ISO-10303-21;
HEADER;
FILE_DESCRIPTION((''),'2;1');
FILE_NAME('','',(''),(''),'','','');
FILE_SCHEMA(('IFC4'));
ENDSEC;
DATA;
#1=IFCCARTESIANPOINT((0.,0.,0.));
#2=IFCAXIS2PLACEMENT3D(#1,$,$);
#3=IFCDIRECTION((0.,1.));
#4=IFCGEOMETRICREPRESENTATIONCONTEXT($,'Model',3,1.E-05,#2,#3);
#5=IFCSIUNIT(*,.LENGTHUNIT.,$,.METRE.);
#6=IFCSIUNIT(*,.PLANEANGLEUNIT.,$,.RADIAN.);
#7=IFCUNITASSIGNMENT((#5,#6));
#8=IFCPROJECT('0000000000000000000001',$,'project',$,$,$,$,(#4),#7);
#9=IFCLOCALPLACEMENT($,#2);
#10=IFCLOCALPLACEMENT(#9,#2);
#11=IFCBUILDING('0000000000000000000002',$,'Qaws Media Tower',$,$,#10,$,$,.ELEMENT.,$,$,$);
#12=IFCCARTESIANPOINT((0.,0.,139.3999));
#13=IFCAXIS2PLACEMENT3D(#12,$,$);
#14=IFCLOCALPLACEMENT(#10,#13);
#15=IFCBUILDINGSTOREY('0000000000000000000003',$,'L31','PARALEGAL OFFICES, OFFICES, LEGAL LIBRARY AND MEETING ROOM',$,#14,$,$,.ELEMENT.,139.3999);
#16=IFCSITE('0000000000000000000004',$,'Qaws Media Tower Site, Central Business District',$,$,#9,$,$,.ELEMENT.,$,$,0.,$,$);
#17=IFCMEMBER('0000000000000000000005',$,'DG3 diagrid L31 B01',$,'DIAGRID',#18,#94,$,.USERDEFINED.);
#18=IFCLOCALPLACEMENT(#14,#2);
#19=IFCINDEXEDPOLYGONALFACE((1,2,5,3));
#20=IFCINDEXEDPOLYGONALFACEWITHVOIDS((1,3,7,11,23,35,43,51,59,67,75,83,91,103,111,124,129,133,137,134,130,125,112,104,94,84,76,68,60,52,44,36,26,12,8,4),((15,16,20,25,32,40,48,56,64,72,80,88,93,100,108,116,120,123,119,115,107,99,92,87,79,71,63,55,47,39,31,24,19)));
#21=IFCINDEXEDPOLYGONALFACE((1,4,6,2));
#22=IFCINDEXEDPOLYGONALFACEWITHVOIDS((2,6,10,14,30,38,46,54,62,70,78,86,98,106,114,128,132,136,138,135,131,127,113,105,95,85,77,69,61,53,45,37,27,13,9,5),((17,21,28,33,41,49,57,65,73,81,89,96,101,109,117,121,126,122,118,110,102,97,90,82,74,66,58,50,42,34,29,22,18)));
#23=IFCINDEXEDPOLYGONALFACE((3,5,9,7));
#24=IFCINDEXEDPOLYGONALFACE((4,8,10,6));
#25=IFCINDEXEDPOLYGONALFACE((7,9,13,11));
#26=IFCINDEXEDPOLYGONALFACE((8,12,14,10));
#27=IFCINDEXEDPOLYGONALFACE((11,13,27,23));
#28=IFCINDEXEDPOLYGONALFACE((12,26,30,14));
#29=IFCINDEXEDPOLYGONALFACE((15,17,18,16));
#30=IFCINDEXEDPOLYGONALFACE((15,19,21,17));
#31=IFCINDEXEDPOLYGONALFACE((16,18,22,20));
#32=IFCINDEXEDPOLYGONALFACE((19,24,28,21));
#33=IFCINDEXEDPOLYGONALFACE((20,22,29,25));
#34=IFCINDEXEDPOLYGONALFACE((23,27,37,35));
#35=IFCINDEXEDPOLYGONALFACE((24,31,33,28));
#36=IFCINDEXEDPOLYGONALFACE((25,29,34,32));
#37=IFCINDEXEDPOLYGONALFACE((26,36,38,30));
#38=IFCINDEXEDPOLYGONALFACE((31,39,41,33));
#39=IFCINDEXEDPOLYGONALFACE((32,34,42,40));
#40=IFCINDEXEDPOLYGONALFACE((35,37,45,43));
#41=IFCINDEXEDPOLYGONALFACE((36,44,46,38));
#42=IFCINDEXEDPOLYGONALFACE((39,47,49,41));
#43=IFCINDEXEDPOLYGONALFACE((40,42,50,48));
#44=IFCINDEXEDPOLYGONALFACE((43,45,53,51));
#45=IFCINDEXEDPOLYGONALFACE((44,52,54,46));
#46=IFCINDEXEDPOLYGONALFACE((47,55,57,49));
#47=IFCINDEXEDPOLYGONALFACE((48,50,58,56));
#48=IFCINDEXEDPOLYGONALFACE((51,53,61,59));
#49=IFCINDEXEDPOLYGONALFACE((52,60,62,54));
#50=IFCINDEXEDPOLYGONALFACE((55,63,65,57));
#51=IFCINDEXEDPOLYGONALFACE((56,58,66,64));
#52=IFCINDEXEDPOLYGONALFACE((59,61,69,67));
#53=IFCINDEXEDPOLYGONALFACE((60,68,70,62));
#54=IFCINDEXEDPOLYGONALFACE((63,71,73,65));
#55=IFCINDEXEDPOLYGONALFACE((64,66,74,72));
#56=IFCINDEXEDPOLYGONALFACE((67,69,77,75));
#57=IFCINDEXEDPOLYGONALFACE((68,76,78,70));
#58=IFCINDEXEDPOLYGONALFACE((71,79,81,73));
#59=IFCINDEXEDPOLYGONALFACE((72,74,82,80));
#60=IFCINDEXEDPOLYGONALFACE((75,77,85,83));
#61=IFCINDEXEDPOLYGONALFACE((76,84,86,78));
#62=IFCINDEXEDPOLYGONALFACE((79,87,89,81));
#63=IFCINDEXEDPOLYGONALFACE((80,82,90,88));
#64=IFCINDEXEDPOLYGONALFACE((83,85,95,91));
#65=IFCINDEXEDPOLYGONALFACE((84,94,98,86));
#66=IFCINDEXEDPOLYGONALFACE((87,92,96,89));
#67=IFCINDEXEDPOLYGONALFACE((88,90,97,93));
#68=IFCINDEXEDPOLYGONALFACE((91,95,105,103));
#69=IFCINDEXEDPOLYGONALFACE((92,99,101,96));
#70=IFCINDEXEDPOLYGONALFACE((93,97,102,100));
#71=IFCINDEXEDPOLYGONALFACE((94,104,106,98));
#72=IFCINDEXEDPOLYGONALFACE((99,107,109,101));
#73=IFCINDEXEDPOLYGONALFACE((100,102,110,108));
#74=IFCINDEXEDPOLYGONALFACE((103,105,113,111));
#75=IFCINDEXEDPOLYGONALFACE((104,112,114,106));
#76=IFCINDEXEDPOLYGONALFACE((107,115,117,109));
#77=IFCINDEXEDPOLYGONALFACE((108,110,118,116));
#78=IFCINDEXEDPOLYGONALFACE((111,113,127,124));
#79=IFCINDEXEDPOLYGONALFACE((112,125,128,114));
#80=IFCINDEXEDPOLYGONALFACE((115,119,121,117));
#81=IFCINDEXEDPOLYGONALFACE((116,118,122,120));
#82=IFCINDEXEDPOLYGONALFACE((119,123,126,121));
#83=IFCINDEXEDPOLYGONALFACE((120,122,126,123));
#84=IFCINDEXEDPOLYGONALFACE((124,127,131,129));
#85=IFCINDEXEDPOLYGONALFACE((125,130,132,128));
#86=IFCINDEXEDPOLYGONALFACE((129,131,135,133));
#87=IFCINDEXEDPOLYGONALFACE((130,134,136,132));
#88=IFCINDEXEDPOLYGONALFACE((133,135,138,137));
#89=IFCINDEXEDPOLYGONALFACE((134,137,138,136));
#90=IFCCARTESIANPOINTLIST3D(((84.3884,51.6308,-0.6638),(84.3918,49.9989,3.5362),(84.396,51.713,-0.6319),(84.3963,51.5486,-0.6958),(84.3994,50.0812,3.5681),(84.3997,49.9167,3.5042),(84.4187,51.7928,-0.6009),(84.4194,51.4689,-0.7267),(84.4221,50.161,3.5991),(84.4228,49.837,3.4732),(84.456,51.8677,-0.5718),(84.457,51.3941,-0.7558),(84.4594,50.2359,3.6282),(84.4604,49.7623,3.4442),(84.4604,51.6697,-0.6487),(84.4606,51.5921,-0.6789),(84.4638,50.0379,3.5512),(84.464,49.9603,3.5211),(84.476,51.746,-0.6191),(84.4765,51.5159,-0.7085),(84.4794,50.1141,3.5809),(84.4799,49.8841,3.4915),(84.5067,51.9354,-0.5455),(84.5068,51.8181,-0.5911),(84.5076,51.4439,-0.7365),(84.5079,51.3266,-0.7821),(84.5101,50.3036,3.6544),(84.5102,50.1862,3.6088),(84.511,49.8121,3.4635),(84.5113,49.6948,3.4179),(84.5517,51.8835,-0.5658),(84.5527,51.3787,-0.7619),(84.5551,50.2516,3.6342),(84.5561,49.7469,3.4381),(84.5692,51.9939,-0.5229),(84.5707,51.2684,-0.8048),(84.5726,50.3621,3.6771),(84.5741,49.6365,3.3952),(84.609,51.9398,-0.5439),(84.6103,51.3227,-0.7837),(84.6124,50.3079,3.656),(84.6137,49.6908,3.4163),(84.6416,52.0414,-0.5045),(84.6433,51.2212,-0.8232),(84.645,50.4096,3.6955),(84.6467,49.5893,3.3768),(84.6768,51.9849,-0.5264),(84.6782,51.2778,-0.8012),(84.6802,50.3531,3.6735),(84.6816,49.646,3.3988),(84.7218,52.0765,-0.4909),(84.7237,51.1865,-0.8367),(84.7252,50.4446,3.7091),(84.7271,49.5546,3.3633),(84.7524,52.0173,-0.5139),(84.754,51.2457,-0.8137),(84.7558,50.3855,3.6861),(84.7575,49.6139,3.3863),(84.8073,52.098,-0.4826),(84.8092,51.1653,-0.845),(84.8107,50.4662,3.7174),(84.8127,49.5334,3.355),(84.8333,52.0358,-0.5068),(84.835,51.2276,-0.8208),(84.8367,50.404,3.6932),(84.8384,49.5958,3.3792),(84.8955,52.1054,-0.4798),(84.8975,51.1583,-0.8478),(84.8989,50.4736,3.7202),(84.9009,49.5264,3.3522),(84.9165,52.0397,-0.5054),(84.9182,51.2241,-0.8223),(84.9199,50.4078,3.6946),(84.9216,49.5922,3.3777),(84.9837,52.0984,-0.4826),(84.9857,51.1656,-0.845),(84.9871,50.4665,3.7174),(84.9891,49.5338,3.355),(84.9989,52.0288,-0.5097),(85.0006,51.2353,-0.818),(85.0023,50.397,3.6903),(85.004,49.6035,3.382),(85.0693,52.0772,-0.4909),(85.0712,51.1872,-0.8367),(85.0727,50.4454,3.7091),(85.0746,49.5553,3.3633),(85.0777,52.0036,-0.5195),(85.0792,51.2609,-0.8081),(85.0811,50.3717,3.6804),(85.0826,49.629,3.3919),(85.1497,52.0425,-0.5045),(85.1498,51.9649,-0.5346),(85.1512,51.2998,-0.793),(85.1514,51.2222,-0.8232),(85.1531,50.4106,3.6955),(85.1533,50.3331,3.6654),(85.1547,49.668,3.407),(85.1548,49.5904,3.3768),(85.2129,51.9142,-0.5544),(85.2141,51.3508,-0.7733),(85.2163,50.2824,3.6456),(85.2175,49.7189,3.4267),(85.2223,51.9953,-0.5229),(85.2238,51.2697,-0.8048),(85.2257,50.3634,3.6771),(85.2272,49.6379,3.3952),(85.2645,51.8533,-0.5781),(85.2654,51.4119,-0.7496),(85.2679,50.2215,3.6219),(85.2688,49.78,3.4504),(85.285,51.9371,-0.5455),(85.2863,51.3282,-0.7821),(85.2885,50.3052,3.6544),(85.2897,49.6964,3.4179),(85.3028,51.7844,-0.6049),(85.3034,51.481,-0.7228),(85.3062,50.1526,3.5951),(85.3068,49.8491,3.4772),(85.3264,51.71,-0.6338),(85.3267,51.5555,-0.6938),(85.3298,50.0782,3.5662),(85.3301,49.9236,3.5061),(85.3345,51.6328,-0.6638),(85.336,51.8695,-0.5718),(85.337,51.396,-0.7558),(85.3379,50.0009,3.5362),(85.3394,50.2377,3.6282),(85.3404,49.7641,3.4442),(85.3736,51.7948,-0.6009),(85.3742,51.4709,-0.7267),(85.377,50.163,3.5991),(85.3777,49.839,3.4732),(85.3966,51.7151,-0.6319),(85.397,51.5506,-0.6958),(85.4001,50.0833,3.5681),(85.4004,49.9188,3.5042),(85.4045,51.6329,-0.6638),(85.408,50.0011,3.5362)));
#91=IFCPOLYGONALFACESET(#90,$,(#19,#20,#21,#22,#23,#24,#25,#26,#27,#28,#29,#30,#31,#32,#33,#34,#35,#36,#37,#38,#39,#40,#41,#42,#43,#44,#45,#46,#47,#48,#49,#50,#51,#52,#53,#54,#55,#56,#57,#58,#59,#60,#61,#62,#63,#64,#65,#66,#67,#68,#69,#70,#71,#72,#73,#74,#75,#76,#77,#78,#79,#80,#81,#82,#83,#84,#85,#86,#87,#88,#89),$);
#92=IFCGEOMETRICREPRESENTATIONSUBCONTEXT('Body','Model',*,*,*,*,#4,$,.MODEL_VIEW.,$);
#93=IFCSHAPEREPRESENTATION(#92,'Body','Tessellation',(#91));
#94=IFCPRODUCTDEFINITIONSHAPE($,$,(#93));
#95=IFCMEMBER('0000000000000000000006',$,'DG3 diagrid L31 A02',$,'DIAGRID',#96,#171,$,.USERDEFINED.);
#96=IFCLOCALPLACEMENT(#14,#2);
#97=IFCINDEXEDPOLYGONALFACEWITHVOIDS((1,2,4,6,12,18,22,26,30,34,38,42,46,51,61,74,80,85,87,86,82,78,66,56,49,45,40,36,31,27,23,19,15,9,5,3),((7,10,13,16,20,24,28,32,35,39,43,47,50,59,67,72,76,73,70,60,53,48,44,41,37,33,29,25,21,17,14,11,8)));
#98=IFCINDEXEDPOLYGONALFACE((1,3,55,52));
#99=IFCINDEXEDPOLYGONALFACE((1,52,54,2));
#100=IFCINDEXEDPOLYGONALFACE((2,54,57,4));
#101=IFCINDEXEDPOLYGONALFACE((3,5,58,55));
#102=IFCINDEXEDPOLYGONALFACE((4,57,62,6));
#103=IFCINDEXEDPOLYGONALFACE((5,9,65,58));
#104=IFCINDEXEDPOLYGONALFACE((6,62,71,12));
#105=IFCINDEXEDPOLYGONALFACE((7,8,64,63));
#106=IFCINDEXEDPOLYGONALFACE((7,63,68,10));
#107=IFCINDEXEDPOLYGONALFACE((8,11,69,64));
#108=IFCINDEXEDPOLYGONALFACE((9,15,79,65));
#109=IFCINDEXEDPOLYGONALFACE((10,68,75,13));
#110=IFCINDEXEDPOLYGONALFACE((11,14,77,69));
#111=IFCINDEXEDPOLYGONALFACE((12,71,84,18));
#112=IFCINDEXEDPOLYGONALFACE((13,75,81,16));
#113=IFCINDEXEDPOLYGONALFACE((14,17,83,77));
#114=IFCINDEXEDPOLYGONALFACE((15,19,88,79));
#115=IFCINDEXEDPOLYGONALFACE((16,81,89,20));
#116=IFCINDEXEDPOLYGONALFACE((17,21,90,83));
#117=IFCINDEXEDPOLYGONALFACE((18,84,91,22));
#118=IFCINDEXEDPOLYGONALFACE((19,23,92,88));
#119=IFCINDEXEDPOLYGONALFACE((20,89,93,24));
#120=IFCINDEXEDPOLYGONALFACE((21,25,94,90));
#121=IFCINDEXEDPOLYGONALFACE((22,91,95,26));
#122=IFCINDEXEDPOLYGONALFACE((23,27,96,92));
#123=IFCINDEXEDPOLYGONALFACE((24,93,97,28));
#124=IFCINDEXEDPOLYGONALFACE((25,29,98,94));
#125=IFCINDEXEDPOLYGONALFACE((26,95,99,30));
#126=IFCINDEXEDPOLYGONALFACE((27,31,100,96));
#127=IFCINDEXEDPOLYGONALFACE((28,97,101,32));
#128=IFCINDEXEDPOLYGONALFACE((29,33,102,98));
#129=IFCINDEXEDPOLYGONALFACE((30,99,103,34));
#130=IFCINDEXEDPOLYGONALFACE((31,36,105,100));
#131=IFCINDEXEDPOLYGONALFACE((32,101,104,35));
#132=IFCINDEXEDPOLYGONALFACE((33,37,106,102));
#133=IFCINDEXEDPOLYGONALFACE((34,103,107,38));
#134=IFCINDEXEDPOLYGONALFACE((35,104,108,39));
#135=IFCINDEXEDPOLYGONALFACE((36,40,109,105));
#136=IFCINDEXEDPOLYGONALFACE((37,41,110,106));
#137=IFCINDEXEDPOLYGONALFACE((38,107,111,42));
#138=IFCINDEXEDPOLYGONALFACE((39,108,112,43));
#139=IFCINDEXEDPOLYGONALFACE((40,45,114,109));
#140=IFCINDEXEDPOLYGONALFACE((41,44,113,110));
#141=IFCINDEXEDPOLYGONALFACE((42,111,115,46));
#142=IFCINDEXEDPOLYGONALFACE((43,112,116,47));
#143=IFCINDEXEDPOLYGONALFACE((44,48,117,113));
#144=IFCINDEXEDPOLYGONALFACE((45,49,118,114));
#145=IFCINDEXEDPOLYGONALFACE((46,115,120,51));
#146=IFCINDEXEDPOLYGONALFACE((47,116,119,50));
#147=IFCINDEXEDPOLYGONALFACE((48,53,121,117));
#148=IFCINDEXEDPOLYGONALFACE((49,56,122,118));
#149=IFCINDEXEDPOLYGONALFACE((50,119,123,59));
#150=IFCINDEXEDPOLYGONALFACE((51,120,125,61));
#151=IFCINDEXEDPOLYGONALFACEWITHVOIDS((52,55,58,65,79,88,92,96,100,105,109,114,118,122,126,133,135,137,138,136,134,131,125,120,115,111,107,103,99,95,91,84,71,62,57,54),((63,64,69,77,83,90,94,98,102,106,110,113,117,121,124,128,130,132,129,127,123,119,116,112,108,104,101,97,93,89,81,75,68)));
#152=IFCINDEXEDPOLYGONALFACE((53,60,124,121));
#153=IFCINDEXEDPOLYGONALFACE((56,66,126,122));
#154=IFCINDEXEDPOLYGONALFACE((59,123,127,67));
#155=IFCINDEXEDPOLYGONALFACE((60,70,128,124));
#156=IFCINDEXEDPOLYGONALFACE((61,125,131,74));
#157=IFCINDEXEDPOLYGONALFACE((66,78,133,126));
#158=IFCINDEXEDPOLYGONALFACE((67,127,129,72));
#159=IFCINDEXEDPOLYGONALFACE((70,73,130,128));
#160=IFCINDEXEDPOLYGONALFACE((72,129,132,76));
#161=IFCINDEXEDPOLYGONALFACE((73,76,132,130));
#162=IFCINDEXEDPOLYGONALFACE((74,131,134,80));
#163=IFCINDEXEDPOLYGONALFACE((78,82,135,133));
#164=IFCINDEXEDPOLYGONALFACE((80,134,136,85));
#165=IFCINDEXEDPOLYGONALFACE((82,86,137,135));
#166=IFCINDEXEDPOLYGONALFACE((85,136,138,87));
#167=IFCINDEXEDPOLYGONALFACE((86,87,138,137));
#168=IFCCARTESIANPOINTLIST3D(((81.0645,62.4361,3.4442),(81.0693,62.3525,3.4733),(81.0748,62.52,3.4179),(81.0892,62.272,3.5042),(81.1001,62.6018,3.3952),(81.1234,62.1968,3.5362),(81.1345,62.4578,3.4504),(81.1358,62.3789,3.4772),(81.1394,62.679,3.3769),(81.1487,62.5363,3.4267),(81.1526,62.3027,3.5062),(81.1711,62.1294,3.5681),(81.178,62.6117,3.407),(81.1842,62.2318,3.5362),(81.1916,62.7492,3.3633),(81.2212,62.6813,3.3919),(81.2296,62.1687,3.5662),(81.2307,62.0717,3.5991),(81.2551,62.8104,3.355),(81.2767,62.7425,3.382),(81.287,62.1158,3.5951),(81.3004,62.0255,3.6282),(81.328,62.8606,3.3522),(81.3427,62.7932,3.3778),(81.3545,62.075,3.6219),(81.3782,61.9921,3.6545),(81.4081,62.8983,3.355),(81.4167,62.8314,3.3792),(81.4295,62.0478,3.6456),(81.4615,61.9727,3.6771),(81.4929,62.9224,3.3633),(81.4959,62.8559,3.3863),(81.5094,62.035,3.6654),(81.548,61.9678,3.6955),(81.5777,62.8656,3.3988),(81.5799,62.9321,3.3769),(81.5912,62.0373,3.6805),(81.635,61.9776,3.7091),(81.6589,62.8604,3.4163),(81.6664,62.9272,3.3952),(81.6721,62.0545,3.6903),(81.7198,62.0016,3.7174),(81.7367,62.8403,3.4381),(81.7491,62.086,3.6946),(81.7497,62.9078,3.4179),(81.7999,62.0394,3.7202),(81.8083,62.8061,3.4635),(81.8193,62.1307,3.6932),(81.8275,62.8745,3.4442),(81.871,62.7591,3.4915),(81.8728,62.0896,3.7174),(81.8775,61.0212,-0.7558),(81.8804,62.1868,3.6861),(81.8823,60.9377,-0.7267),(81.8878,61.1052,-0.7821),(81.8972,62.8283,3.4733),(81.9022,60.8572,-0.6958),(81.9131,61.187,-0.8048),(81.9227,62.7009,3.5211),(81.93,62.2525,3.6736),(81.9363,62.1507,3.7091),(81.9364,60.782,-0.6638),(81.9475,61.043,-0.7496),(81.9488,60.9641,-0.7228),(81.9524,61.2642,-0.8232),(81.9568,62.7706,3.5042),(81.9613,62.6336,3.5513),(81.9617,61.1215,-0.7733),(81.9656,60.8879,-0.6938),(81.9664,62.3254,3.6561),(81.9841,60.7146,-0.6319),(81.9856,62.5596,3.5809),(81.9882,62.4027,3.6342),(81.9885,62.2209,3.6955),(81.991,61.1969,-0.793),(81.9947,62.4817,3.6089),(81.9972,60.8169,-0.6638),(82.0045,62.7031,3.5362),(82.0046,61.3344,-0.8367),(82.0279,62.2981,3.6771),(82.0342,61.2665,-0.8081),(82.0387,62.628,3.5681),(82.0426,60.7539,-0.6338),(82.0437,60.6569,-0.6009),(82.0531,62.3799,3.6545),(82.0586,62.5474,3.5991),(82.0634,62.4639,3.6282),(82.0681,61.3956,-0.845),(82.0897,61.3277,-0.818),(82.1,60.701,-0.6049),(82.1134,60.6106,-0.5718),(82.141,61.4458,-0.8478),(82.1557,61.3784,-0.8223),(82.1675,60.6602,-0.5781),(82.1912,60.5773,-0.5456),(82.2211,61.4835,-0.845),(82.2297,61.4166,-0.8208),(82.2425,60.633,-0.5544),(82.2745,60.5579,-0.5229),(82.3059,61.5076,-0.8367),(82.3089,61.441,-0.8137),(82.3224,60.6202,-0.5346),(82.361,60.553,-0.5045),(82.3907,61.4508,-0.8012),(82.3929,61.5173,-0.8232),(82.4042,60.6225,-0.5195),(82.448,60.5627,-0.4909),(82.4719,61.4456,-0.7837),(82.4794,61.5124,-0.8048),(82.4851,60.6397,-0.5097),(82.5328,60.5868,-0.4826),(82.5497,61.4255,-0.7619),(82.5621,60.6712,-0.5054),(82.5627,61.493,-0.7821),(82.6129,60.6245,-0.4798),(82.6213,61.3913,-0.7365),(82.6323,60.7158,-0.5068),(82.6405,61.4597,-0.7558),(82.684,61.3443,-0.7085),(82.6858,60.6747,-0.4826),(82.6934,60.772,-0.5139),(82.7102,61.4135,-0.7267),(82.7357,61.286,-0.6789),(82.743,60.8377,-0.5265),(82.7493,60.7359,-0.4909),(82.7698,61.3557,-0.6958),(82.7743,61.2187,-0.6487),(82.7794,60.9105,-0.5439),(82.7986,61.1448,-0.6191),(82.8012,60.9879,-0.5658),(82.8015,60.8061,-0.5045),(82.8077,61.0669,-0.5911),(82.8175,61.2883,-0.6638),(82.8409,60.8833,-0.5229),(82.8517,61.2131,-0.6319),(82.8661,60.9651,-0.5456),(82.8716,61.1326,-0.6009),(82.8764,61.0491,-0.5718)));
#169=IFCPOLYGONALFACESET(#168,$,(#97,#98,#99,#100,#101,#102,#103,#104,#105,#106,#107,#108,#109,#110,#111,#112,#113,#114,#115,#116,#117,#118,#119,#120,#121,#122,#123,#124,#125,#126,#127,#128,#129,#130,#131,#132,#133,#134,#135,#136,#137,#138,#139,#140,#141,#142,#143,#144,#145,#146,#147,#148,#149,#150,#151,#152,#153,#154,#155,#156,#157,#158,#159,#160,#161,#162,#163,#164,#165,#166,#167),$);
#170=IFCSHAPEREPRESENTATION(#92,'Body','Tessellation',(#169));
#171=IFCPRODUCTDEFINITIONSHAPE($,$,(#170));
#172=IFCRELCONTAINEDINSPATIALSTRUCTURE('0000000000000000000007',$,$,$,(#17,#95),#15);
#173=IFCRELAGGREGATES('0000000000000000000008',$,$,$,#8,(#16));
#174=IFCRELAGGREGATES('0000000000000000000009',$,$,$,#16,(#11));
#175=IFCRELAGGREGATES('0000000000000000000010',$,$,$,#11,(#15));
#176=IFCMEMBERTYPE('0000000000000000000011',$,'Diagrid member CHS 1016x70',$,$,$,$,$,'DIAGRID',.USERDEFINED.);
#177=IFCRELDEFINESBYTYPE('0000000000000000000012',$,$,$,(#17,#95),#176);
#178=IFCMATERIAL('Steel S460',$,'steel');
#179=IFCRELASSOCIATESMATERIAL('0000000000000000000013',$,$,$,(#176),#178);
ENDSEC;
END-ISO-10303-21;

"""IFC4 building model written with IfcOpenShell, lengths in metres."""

from ifc_helpers import new_model, si_unit, direction, frame, origin, origin_2d, place, context, subcontext, project, spatial, hollow_circle, extrude, material, material_profile, profile_set, type_object, element, save


model = new_model("IFC4")

# Units and contexts
model_context = context("Model", 3, precision=1e-05, world=origin(), true_north=direction((0.0, 1.0)))
body_context = subcontext(model_context, "Body", "Model", "MODEL_VIEW")
ifc_project = project(units=[si_unit("LENGTHUNIT", "METRE"), si_unit("PLANEANGLEUNIT", "RADIAN")], contexts=[model_context])

# Site, building, storey
site_placement = place(None, origin())
site = spatial("IfcSite", under=ifc_project, at=site_placement, Name="Qaws Media Tower Site, Central Business District", CompositionType="ELEMENT", RefElevation=0.0)
building_placement = place(site_placement, origin())
building = spatial("IfcBuilding", under=site, at=building_placement, Name="Qaws Media Tower", CompositionType="ELEMENT")
storey_placement = place(building_placement, frame((0.0, 0.0, 139.3999)))
storey = spatial("IfcBuildingStorey", under=building, at=storey_placement, Name="L31", Description="PARALEGAL OFFICES, OFFICES, LEGAL LIBRARY AND MEETING ROOM", CompositionType="ELEMENT", Elevation=139.3999)

# Members
ifc_material_1 = material(Name="Steel S460", Category="steel")
ifc_material_profile_1 = material_profile(ifc_material_1, hollow_circle(Radius=0.5081, WallThickness=0.0701, at=origin_2d()), Name="CHS 1016x70")
ifc_profile_set_1 = profile_set([ifc_material_profile_1], Name="Steel S460")
member_type_1 = type_object("IfcMemberType", Name="Diagrid member CHS 1016x70", ElementType="DIAGRID", PredefinedType="USERDEFINED", material=ifc_profile_set_1)
for number, where, z_axis, x_axis, name in (
    (1, (84.8965, 51.6318, -0.6638), (0.000759, -0.362161, 0.932115), (0.999998, 0.002095, 0.0), "DG3 diagrid L31 B01"),
    (2, (82.377, 61.0352, -0.6638), (-0.180432, 0.313995, 0.932122), (-0.867044, -0.498232, 0.0), "DG3 diagrid L31 A02"),
):
    element("IfcMember", number, at=place(storey_placement, frame(where, z_axis=z_axis, x_axis=x_axis)), inside=storey, type_object=member_type_1, Name=name, ObjectType="DIAGRID", PredefinedType="USERDEFINED", context=body_context, shape_type="SweptSolid", body=[
        extrude(hollow_circle(Radius=0.5081, WallThickness=0.0701, at=origin_2d()), origin(), (0.0, 0.0, 1.0), 4.5059),
    ])

save(model, "model.ifc")
